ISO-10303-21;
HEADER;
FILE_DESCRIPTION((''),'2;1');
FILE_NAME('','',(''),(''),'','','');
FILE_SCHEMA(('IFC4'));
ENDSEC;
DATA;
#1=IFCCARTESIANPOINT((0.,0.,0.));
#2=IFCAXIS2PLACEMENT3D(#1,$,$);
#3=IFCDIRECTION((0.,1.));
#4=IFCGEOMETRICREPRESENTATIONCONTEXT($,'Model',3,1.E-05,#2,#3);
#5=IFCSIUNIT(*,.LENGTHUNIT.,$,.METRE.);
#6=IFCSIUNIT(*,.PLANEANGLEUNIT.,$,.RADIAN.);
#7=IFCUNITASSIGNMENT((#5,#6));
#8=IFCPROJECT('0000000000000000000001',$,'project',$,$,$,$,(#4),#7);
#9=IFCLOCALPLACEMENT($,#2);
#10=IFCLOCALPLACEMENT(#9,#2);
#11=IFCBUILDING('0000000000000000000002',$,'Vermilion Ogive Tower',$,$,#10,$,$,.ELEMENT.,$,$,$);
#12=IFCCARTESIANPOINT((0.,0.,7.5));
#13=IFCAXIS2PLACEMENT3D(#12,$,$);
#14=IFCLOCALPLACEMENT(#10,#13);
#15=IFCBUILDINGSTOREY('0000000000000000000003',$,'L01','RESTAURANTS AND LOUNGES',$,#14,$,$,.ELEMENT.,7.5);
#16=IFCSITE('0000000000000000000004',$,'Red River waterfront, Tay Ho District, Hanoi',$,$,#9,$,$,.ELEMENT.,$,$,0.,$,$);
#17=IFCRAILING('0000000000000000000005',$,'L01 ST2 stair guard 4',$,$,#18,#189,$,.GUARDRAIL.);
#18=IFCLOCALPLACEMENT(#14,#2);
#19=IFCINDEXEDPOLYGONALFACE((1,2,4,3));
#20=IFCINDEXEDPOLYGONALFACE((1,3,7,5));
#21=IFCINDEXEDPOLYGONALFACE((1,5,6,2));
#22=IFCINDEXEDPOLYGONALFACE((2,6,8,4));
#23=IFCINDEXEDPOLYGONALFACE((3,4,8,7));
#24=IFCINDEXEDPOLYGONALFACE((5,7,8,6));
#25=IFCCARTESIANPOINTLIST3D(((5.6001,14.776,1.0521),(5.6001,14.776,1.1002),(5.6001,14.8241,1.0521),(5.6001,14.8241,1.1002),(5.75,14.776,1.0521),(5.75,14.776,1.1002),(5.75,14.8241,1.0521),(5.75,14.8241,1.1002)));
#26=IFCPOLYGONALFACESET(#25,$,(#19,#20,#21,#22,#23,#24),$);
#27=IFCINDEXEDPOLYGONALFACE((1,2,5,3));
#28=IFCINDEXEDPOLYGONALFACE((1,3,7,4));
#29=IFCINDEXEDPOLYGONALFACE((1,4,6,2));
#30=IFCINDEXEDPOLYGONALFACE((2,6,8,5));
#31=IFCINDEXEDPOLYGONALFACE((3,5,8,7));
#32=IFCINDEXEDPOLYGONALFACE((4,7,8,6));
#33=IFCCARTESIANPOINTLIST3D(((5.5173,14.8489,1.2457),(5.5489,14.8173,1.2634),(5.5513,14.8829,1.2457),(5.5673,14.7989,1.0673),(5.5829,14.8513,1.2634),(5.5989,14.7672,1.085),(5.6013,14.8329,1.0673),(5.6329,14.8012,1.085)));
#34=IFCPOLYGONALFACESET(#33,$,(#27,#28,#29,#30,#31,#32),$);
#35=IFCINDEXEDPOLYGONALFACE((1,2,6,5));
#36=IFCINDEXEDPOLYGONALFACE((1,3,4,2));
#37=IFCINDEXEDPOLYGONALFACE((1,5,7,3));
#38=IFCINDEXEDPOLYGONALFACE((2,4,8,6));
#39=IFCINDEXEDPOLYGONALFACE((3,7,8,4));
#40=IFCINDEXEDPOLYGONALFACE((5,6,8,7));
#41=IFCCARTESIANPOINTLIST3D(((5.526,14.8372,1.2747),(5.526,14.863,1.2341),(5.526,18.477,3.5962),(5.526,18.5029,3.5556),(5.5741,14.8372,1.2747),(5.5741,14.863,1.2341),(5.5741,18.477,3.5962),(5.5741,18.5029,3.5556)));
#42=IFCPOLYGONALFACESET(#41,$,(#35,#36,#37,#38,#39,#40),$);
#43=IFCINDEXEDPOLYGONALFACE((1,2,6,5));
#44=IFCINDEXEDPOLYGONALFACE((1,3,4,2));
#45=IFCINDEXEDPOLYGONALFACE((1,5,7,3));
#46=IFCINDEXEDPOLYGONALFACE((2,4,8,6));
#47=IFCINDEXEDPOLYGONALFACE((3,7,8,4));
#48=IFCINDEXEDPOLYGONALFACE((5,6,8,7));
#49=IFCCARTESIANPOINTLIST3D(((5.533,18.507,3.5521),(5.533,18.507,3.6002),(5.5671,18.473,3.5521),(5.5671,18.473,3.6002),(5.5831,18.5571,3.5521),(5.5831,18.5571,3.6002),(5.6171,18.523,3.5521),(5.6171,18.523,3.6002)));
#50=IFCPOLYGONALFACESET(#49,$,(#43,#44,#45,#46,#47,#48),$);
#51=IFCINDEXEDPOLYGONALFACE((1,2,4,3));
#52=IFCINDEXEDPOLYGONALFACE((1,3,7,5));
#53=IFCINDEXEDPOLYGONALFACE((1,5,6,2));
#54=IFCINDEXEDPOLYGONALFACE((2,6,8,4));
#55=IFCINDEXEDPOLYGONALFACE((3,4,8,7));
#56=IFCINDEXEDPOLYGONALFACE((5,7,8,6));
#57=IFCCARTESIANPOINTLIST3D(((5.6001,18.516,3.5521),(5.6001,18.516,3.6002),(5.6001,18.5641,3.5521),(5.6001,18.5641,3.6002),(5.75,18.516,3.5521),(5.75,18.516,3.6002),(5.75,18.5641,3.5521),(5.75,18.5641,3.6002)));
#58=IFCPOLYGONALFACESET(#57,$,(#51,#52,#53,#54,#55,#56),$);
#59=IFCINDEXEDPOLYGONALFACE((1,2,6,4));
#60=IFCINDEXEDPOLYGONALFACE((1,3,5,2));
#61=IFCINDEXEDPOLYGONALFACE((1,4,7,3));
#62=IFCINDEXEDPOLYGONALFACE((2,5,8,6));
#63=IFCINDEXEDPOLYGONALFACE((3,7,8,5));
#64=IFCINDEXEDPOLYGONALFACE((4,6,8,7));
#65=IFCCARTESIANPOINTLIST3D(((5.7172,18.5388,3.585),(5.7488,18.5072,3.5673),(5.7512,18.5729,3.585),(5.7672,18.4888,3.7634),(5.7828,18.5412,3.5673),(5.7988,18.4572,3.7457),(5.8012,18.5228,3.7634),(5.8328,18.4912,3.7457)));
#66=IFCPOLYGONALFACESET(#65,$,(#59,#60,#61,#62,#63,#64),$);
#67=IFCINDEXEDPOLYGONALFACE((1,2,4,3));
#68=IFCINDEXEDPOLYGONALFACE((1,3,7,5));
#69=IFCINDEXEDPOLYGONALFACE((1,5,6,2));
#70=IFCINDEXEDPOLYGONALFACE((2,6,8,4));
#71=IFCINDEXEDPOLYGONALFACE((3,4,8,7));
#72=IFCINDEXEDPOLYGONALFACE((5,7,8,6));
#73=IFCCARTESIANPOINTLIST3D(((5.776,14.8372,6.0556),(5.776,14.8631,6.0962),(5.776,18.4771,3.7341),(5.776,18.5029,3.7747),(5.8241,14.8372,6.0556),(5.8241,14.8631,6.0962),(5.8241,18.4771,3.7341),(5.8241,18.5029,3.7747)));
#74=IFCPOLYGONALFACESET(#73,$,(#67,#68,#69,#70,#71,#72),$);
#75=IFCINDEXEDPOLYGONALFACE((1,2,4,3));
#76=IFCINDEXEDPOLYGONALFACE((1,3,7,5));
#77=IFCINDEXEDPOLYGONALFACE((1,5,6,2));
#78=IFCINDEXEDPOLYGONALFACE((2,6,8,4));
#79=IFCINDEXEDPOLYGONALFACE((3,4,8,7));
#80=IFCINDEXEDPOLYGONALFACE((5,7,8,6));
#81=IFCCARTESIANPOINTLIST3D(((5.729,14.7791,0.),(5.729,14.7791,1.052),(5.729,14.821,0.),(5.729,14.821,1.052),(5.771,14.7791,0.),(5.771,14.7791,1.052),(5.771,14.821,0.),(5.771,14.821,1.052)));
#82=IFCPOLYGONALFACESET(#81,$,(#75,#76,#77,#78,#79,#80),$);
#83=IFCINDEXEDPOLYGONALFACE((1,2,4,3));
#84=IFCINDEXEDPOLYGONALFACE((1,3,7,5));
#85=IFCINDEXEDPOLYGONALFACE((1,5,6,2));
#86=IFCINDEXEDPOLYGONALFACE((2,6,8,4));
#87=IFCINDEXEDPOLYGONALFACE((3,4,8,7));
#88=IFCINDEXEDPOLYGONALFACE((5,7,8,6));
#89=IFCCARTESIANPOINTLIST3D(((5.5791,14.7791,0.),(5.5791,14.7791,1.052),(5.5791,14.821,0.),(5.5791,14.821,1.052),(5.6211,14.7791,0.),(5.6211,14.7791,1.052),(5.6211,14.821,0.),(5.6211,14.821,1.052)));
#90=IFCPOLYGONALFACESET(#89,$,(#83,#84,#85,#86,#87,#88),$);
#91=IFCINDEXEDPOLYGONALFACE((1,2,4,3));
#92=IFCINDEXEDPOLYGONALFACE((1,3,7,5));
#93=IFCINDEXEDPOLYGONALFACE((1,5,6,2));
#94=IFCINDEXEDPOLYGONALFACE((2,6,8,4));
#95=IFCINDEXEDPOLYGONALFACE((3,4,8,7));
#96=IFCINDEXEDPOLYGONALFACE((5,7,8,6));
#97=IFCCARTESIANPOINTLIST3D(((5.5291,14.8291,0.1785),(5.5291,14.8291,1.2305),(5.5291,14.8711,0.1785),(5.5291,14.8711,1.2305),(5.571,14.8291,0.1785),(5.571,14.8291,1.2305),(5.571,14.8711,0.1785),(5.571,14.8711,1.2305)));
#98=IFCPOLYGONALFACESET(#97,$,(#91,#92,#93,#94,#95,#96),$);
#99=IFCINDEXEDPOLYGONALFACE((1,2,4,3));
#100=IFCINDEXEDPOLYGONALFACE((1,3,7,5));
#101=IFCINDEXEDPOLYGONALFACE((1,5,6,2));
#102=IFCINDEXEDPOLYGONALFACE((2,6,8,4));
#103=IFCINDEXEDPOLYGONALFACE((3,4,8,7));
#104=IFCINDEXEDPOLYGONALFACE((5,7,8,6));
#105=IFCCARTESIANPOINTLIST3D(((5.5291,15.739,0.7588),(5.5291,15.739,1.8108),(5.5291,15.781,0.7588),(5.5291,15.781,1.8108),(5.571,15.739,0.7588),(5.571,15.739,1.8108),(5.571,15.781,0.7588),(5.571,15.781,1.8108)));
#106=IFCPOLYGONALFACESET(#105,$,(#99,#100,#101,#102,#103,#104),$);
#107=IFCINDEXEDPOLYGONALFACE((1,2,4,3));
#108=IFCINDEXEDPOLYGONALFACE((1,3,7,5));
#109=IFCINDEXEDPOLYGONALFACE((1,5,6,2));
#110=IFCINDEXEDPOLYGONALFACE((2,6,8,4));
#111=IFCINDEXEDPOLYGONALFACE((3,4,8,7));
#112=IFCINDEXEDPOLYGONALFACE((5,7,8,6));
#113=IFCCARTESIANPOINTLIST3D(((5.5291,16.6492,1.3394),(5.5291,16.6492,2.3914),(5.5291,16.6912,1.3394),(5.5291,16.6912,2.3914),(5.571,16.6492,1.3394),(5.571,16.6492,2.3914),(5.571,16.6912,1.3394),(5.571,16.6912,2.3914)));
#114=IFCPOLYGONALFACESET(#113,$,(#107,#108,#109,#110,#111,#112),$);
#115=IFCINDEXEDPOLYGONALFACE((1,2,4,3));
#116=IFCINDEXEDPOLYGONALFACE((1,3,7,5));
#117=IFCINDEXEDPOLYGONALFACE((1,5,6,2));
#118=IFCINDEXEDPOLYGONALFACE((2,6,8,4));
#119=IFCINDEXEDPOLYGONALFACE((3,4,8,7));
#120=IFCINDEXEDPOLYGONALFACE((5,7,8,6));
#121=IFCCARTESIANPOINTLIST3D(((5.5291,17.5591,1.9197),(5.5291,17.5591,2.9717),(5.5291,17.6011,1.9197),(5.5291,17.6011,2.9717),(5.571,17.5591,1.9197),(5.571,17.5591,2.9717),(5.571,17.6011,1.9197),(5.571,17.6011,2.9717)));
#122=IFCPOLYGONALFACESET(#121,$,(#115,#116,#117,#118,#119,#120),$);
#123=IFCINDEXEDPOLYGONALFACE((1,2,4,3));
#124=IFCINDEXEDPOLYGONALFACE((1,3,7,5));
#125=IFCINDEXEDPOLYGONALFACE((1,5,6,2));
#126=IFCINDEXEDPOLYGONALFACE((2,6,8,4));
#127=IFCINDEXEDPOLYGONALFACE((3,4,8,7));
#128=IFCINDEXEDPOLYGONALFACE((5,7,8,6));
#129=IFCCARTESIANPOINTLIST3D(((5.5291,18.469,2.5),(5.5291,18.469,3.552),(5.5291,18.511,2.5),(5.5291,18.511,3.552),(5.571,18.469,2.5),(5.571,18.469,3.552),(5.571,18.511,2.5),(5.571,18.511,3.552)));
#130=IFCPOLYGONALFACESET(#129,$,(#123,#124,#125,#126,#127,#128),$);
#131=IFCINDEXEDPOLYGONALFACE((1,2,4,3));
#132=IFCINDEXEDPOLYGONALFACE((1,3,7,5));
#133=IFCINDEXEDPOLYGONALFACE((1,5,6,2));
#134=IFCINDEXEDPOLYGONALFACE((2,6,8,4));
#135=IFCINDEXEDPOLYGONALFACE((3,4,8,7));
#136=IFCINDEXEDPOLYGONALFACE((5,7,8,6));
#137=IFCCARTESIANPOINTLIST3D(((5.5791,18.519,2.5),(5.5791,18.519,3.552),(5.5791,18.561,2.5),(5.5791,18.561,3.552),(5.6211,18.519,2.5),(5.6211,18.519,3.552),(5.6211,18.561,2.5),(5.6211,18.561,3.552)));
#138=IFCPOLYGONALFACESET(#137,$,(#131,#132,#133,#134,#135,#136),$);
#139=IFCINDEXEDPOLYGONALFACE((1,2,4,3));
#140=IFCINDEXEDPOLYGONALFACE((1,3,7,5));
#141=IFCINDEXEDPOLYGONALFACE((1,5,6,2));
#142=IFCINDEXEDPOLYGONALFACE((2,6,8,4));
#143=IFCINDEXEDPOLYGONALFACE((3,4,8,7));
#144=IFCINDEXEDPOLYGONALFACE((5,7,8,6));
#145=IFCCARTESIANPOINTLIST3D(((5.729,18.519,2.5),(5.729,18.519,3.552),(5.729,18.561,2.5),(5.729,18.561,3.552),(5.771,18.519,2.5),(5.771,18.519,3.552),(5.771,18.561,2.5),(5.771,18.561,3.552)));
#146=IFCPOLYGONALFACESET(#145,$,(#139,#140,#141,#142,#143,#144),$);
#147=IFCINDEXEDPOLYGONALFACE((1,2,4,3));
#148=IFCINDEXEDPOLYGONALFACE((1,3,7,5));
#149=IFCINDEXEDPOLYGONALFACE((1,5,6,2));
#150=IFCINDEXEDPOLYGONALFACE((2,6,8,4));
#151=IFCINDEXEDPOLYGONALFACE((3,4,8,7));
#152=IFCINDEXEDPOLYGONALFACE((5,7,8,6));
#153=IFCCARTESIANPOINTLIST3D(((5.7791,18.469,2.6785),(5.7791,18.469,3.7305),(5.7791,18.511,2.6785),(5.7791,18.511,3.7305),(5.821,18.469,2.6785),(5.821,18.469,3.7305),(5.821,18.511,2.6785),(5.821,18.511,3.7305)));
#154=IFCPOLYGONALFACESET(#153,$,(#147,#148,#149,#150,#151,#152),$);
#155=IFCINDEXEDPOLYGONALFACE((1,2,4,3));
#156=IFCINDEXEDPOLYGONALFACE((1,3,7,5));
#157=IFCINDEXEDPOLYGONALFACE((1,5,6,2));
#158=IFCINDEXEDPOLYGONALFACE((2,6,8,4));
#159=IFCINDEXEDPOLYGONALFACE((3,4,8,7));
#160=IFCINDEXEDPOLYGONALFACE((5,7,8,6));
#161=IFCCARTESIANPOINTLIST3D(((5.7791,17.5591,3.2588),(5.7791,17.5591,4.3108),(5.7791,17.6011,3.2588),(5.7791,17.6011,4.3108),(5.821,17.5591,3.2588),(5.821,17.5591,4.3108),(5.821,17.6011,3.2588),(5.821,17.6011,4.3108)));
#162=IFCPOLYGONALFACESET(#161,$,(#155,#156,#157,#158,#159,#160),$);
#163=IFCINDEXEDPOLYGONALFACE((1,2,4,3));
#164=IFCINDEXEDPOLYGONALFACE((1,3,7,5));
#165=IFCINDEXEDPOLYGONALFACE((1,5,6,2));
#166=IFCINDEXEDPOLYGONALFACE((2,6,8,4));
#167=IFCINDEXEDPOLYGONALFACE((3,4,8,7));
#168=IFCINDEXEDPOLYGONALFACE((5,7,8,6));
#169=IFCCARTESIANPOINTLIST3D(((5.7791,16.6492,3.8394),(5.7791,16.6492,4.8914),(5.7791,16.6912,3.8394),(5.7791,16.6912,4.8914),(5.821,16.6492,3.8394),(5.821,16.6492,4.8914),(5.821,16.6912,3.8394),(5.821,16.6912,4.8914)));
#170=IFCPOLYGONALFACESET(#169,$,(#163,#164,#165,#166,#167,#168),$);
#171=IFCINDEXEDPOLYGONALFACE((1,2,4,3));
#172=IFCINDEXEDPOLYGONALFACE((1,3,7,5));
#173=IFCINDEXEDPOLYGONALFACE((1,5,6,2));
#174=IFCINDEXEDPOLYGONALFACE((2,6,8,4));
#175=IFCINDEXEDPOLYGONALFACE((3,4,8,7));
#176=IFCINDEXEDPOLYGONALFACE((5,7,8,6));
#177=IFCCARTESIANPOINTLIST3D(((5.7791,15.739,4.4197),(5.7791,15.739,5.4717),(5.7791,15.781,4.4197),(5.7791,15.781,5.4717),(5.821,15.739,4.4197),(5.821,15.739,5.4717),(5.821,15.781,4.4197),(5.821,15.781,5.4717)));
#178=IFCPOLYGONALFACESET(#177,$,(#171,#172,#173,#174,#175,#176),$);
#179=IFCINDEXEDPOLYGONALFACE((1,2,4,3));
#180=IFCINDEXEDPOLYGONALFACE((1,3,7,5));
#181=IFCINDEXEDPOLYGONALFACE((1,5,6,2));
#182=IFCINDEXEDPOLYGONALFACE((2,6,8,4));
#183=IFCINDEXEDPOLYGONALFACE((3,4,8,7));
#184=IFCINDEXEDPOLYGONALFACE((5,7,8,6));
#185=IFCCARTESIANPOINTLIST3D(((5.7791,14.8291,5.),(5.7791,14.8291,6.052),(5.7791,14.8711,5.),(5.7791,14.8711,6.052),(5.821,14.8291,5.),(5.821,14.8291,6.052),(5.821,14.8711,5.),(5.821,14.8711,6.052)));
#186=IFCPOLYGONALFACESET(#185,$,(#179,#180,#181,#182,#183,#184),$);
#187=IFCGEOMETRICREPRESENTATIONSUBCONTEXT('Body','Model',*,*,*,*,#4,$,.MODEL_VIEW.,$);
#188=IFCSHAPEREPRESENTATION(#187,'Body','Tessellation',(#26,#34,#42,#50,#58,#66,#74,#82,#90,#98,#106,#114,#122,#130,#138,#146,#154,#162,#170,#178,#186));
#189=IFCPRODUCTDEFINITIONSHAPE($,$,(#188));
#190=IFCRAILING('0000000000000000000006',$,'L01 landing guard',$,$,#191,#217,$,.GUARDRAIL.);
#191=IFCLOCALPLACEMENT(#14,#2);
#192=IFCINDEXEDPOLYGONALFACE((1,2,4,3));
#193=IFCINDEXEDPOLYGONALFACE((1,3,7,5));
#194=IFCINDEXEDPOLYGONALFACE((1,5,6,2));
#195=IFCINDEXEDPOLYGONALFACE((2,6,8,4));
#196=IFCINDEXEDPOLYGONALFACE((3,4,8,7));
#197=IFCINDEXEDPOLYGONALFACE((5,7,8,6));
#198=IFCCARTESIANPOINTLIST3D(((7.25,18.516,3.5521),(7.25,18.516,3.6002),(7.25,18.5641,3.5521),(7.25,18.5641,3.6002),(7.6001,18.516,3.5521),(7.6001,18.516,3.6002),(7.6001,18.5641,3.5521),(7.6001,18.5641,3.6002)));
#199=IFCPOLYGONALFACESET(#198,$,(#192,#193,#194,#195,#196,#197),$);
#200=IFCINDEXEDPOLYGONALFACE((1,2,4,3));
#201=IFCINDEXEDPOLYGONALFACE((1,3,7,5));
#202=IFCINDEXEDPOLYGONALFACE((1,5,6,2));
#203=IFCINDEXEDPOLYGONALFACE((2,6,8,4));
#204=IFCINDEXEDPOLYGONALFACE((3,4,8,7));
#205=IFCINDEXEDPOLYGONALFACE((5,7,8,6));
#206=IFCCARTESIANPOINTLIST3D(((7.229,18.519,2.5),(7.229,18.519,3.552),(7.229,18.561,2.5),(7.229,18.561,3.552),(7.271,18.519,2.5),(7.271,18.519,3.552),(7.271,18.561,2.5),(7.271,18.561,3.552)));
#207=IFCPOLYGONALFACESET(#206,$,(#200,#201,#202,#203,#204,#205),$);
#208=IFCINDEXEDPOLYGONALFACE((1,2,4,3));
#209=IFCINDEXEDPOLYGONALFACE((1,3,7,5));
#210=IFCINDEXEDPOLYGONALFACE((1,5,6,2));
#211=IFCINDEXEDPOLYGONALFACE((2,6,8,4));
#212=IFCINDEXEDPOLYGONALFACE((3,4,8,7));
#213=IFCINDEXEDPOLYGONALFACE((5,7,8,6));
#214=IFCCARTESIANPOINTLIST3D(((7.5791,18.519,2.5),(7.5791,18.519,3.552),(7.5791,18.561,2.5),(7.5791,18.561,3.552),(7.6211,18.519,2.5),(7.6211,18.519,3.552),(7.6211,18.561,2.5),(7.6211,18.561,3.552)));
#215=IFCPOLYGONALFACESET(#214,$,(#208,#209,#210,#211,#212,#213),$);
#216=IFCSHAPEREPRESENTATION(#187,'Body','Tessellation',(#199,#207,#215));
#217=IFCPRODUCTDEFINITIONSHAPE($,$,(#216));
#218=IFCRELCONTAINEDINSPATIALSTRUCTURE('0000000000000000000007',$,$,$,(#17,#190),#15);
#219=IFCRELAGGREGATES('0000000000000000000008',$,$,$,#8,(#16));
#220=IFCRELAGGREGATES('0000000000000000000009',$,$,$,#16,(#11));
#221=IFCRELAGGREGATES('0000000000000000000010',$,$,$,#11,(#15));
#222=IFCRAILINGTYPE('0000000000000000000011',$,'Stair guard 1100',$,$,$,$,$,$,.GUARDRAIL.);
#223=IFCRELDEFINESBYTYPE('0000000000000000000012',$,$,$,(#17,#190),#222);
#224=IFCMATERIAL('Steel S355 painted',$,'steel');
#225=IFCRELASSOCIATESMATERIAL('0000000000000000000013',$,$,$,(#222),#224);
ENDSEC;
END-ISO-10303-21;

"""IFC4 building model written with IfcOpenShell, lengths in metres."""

from ifc_helpers import new_model, si_unit, direction, frame, origin, origin_2d, place, context, subcontext, project, spatial, rectangle, extrude, material, type_object, element, save


model = new_model("IFC4")

# Units and contexts
model_context = context("Model", 3, precision=1e-05, world=origin(), true_north=direction((0.0, 1.0)))
body_context = subcontext(model_context, "Body", "Model", "MODEL_VIEW")
ifc_project = project(units=[si_unit("LENGTHUNIT", "METRE"), si_unit("PLANEANGLEUNIT", "RADIAN")], contexts=[model_context])

# Site, building, storey
site_placement = place(None, origin())
site = spatial("IfcSite", under=ifc_project, at=site_placement, Name="Red River waterfront, Tay Ho District, Hanoi", CompositionType="ELEMENT", RefElevation=0.0)
building_placement = place(site_placement, origin())
building = spatial("IfcBuilding", under=site, at=building_placement, Name="Vermilion Ogive Tower", CompositionType="ELEMENT")
storey_placement = place(building_placement, frame((0.0, 0.0, 7.5)))
storey = spatial("IfcBuildingStorey", under=building, at=storey_placement, Name="L01", Description="RESTAURANTS AND LOUNGES", CompositionType="ELEMENT", Elevation=7.5)

# Railings
ifc_material_1 = material(Name="Steel S355 painted", Category="steel")
railing_type_1 = type_object("IfcRailingType", Name="Stair guard 1100", PredefinedType="GUARDRAIL", material=ifc_material_1)
railing_1_placement = place(storey_placement, frame((5.75, 14.8, 0.0)))
element("IfcRailing", 1, at=railing_1_placement, inside=storey, type_object=railing_type_1, Name="L01 ST2 stair guard 4", PredefinedType="GUARDRAIL", context=body_context, shape_type="SweptSolid", body=[
    extrude(rectangle(XDim=0.0481, YDim=0.0481, at=origin_2d()), frame((0.0, 0.0, 1.0762), z_axis=(-1.0, 0.0, 0.0), x_axis=(0.0, -1.0, 0.0)), (0.0, 0.0, 1.0), 0.1499),
    extrude(rectangle(XDim=0.0481, YDim=0.0481, at=origin_2d()), frame((-0.1499, 0.0, 1.0762), z_axis=(-0.260685, 0.260685, 0.929563), x_axis=(-0.707107, -0.707107, 0.0)), (0.0, 0.0, 1.0), 0.1919),
    extrude(rectangle(XDim=0.0481, YDim=0.0481, at=origin_2d()), frame((-0.2, 0.05, 1.2544), z_axis=(0.0, 0.843112, 0.537739), x_axis=(-1.0, 0.0, 0.0)), (0.0, 0.0, 1.0), 4.3171),
    extrude(rectangle(XDim=0.0481, YDim=0.0481, at=origin_2d()), frame((-0.2, 3.6899, 3.5762), z_axis=(0.707107, 0.707107, 0.0), x_axis=(-0.707107, 0.707107, 0.0)), (0.0, 0.0, 1.0), 0.0708),
    extrude(rectangle(XDim=0.0481, YDim=0.0481, at=origin_2d()), frame((-0.1499, 3.74, 3.5762), z_axis=(1.0, 0.0, 0.0), x_axis=(0.0, 1.0, 0.0)), (0.0, 0.0, 1.0), 0.1499),
    extrude(rectangle(XDim=0.0481, YDim=0.0481, at=origin_2d()), frame((0.0, 3.74, 3.5762), z_axis=(0.260685, -0.260685, 0.929563), x_axis=(0.707107, 0.707107, 0.0)), (0.0, 0.0, 1.0), 0.1919),
    extrude(rectangle(XDim=0.0481, YDim=0.0481, at=origin_2d()), frame((0.05, 3.6899, 3.7544), z_axis=(0.0, -0.843112, 0.537739), x_axis=(1.0, 0.0, 0.0)), (0.0, 0.0, 1.0), 4.3171),
    extrude(rectangle(XDim=0.042, YDim=0.042, at=origin_2d()), origin(), (0.0, 0.0, 1.0), 1.052),
    extrude(rectangle(XDim=0.042, YDim=0.042, at=origin_2d()), frame((-0.1499, 0.0, 0.0)), (0.0, 0.0, 1.0), 1.052),
    extrude(rectangle(XDim=0.042, YDim=0.042, at=origin_2d()), frame((-0.2, 0.05, 0.1785)), (0.0, 0.0, 1.0), 1.052),
    extrude(rectangle(XDim=0.042, YDim=0.042, at=origin_2d()), frame((-0.2, 0.96, 0.7588)), (0.0, 0.0, 1.0), 1.052),
    extrude(rectangle(XDim=0.042, YDim=0.042, at=origin_2d()), frame((-0.2, 1.8701, 1.3394)), (0.0, 0.0, 1.0), 1.052),
    extrude(rectangle(XDim=0.042, YDim=0.042, at=origin_2d()), frame((-0.2, 2.78, 1.9197)), (0.0, 0.0, 1.0), 1.052),
    extrude(rectangle(XDim=0.042, YDim=0.042, at=origin_2d()), frame((-0.2, 3.6899, 2.5)), (0.0, 0.0, 1.0), 1.052),
    extrude(rectangle(XDim=0.042, YDim=0.042, at=origin_2d()), frame((-0.1499, 3.74, 2.5)), (0.0, 0.0, 1.0), 1.052),
    extrude(rectangle(XDim=0.042, YDim=0.042, at=origin_2d()), frame((0.0, 3.74, 2.5)), (0.0, 0.0, 1.0), 1.052),
    extrude(rectangle(XDim=0.042, YDim=0.042, at=origin_2d()), frame((0.05, 3.6899, 2.6785)), (0.0, 0.0, 1.0), 1.052),
    extrude(rectangle(XDim=0.042, YDim=0.042, at=origin_2d()), frame((0.05, 2.78, 3.2588)), (0.0, 0.0, 1.0), 1.052),
    extrude(rectangle(XDim=0.042, YDim=0.042, at=origin_2d()), frame((0.05, 1.8701, 3.8394)), (0.0, 0.0, 1.0), 1.052),
    extrude(rectangle(XDim=0.042, YDim=0.042, at=origin_2d()), frame((0.05, 0.96, 4.4197)), (0.0, 0.0, 1.0), 1.052),
    extrude(rectangle(XDim=0.042, YDim=0.042, at=origin_2d()), frame((0.05, 0.05, 5.0)), (0.0, 0.0, 1.0), 1.052),
])
railing_2_placement = place(storey_placement, frame((7.25, 18.54, 2.5)))
element("IfcRailing", 2, at=railing_2_placement, inside=storey, type_object=railing_type_1, Name="L01 landing guard", PredefinedType="GUARDRAIL", context=body_context, shape_type="SweptSolid", body=[
    extrude(rectangle(XDim=0.0481, YDim=0.0481, at=origin_2d()), frame((0.0, 0.0, 1.0762), z_axis=(1.0, 0.0, 0.0), x_axis=(0.0, 1.0, 0.0)), (0.0, 0.0, 1.0), 0.3501),
    extrude(rectangle(XDim=0.042, YDim=0.042, at=origin_2d()), origin(), (0.0, 0.0, 1.0), 1.052),
    extrude(rectangle(XDim=0.042, YDim=0.042, at=origin_2d()), frame((0.3501, 0.0, 0.0)), (0.0, 0.0, 1.0), 1.052),
])

save(model, "model.ifc")
